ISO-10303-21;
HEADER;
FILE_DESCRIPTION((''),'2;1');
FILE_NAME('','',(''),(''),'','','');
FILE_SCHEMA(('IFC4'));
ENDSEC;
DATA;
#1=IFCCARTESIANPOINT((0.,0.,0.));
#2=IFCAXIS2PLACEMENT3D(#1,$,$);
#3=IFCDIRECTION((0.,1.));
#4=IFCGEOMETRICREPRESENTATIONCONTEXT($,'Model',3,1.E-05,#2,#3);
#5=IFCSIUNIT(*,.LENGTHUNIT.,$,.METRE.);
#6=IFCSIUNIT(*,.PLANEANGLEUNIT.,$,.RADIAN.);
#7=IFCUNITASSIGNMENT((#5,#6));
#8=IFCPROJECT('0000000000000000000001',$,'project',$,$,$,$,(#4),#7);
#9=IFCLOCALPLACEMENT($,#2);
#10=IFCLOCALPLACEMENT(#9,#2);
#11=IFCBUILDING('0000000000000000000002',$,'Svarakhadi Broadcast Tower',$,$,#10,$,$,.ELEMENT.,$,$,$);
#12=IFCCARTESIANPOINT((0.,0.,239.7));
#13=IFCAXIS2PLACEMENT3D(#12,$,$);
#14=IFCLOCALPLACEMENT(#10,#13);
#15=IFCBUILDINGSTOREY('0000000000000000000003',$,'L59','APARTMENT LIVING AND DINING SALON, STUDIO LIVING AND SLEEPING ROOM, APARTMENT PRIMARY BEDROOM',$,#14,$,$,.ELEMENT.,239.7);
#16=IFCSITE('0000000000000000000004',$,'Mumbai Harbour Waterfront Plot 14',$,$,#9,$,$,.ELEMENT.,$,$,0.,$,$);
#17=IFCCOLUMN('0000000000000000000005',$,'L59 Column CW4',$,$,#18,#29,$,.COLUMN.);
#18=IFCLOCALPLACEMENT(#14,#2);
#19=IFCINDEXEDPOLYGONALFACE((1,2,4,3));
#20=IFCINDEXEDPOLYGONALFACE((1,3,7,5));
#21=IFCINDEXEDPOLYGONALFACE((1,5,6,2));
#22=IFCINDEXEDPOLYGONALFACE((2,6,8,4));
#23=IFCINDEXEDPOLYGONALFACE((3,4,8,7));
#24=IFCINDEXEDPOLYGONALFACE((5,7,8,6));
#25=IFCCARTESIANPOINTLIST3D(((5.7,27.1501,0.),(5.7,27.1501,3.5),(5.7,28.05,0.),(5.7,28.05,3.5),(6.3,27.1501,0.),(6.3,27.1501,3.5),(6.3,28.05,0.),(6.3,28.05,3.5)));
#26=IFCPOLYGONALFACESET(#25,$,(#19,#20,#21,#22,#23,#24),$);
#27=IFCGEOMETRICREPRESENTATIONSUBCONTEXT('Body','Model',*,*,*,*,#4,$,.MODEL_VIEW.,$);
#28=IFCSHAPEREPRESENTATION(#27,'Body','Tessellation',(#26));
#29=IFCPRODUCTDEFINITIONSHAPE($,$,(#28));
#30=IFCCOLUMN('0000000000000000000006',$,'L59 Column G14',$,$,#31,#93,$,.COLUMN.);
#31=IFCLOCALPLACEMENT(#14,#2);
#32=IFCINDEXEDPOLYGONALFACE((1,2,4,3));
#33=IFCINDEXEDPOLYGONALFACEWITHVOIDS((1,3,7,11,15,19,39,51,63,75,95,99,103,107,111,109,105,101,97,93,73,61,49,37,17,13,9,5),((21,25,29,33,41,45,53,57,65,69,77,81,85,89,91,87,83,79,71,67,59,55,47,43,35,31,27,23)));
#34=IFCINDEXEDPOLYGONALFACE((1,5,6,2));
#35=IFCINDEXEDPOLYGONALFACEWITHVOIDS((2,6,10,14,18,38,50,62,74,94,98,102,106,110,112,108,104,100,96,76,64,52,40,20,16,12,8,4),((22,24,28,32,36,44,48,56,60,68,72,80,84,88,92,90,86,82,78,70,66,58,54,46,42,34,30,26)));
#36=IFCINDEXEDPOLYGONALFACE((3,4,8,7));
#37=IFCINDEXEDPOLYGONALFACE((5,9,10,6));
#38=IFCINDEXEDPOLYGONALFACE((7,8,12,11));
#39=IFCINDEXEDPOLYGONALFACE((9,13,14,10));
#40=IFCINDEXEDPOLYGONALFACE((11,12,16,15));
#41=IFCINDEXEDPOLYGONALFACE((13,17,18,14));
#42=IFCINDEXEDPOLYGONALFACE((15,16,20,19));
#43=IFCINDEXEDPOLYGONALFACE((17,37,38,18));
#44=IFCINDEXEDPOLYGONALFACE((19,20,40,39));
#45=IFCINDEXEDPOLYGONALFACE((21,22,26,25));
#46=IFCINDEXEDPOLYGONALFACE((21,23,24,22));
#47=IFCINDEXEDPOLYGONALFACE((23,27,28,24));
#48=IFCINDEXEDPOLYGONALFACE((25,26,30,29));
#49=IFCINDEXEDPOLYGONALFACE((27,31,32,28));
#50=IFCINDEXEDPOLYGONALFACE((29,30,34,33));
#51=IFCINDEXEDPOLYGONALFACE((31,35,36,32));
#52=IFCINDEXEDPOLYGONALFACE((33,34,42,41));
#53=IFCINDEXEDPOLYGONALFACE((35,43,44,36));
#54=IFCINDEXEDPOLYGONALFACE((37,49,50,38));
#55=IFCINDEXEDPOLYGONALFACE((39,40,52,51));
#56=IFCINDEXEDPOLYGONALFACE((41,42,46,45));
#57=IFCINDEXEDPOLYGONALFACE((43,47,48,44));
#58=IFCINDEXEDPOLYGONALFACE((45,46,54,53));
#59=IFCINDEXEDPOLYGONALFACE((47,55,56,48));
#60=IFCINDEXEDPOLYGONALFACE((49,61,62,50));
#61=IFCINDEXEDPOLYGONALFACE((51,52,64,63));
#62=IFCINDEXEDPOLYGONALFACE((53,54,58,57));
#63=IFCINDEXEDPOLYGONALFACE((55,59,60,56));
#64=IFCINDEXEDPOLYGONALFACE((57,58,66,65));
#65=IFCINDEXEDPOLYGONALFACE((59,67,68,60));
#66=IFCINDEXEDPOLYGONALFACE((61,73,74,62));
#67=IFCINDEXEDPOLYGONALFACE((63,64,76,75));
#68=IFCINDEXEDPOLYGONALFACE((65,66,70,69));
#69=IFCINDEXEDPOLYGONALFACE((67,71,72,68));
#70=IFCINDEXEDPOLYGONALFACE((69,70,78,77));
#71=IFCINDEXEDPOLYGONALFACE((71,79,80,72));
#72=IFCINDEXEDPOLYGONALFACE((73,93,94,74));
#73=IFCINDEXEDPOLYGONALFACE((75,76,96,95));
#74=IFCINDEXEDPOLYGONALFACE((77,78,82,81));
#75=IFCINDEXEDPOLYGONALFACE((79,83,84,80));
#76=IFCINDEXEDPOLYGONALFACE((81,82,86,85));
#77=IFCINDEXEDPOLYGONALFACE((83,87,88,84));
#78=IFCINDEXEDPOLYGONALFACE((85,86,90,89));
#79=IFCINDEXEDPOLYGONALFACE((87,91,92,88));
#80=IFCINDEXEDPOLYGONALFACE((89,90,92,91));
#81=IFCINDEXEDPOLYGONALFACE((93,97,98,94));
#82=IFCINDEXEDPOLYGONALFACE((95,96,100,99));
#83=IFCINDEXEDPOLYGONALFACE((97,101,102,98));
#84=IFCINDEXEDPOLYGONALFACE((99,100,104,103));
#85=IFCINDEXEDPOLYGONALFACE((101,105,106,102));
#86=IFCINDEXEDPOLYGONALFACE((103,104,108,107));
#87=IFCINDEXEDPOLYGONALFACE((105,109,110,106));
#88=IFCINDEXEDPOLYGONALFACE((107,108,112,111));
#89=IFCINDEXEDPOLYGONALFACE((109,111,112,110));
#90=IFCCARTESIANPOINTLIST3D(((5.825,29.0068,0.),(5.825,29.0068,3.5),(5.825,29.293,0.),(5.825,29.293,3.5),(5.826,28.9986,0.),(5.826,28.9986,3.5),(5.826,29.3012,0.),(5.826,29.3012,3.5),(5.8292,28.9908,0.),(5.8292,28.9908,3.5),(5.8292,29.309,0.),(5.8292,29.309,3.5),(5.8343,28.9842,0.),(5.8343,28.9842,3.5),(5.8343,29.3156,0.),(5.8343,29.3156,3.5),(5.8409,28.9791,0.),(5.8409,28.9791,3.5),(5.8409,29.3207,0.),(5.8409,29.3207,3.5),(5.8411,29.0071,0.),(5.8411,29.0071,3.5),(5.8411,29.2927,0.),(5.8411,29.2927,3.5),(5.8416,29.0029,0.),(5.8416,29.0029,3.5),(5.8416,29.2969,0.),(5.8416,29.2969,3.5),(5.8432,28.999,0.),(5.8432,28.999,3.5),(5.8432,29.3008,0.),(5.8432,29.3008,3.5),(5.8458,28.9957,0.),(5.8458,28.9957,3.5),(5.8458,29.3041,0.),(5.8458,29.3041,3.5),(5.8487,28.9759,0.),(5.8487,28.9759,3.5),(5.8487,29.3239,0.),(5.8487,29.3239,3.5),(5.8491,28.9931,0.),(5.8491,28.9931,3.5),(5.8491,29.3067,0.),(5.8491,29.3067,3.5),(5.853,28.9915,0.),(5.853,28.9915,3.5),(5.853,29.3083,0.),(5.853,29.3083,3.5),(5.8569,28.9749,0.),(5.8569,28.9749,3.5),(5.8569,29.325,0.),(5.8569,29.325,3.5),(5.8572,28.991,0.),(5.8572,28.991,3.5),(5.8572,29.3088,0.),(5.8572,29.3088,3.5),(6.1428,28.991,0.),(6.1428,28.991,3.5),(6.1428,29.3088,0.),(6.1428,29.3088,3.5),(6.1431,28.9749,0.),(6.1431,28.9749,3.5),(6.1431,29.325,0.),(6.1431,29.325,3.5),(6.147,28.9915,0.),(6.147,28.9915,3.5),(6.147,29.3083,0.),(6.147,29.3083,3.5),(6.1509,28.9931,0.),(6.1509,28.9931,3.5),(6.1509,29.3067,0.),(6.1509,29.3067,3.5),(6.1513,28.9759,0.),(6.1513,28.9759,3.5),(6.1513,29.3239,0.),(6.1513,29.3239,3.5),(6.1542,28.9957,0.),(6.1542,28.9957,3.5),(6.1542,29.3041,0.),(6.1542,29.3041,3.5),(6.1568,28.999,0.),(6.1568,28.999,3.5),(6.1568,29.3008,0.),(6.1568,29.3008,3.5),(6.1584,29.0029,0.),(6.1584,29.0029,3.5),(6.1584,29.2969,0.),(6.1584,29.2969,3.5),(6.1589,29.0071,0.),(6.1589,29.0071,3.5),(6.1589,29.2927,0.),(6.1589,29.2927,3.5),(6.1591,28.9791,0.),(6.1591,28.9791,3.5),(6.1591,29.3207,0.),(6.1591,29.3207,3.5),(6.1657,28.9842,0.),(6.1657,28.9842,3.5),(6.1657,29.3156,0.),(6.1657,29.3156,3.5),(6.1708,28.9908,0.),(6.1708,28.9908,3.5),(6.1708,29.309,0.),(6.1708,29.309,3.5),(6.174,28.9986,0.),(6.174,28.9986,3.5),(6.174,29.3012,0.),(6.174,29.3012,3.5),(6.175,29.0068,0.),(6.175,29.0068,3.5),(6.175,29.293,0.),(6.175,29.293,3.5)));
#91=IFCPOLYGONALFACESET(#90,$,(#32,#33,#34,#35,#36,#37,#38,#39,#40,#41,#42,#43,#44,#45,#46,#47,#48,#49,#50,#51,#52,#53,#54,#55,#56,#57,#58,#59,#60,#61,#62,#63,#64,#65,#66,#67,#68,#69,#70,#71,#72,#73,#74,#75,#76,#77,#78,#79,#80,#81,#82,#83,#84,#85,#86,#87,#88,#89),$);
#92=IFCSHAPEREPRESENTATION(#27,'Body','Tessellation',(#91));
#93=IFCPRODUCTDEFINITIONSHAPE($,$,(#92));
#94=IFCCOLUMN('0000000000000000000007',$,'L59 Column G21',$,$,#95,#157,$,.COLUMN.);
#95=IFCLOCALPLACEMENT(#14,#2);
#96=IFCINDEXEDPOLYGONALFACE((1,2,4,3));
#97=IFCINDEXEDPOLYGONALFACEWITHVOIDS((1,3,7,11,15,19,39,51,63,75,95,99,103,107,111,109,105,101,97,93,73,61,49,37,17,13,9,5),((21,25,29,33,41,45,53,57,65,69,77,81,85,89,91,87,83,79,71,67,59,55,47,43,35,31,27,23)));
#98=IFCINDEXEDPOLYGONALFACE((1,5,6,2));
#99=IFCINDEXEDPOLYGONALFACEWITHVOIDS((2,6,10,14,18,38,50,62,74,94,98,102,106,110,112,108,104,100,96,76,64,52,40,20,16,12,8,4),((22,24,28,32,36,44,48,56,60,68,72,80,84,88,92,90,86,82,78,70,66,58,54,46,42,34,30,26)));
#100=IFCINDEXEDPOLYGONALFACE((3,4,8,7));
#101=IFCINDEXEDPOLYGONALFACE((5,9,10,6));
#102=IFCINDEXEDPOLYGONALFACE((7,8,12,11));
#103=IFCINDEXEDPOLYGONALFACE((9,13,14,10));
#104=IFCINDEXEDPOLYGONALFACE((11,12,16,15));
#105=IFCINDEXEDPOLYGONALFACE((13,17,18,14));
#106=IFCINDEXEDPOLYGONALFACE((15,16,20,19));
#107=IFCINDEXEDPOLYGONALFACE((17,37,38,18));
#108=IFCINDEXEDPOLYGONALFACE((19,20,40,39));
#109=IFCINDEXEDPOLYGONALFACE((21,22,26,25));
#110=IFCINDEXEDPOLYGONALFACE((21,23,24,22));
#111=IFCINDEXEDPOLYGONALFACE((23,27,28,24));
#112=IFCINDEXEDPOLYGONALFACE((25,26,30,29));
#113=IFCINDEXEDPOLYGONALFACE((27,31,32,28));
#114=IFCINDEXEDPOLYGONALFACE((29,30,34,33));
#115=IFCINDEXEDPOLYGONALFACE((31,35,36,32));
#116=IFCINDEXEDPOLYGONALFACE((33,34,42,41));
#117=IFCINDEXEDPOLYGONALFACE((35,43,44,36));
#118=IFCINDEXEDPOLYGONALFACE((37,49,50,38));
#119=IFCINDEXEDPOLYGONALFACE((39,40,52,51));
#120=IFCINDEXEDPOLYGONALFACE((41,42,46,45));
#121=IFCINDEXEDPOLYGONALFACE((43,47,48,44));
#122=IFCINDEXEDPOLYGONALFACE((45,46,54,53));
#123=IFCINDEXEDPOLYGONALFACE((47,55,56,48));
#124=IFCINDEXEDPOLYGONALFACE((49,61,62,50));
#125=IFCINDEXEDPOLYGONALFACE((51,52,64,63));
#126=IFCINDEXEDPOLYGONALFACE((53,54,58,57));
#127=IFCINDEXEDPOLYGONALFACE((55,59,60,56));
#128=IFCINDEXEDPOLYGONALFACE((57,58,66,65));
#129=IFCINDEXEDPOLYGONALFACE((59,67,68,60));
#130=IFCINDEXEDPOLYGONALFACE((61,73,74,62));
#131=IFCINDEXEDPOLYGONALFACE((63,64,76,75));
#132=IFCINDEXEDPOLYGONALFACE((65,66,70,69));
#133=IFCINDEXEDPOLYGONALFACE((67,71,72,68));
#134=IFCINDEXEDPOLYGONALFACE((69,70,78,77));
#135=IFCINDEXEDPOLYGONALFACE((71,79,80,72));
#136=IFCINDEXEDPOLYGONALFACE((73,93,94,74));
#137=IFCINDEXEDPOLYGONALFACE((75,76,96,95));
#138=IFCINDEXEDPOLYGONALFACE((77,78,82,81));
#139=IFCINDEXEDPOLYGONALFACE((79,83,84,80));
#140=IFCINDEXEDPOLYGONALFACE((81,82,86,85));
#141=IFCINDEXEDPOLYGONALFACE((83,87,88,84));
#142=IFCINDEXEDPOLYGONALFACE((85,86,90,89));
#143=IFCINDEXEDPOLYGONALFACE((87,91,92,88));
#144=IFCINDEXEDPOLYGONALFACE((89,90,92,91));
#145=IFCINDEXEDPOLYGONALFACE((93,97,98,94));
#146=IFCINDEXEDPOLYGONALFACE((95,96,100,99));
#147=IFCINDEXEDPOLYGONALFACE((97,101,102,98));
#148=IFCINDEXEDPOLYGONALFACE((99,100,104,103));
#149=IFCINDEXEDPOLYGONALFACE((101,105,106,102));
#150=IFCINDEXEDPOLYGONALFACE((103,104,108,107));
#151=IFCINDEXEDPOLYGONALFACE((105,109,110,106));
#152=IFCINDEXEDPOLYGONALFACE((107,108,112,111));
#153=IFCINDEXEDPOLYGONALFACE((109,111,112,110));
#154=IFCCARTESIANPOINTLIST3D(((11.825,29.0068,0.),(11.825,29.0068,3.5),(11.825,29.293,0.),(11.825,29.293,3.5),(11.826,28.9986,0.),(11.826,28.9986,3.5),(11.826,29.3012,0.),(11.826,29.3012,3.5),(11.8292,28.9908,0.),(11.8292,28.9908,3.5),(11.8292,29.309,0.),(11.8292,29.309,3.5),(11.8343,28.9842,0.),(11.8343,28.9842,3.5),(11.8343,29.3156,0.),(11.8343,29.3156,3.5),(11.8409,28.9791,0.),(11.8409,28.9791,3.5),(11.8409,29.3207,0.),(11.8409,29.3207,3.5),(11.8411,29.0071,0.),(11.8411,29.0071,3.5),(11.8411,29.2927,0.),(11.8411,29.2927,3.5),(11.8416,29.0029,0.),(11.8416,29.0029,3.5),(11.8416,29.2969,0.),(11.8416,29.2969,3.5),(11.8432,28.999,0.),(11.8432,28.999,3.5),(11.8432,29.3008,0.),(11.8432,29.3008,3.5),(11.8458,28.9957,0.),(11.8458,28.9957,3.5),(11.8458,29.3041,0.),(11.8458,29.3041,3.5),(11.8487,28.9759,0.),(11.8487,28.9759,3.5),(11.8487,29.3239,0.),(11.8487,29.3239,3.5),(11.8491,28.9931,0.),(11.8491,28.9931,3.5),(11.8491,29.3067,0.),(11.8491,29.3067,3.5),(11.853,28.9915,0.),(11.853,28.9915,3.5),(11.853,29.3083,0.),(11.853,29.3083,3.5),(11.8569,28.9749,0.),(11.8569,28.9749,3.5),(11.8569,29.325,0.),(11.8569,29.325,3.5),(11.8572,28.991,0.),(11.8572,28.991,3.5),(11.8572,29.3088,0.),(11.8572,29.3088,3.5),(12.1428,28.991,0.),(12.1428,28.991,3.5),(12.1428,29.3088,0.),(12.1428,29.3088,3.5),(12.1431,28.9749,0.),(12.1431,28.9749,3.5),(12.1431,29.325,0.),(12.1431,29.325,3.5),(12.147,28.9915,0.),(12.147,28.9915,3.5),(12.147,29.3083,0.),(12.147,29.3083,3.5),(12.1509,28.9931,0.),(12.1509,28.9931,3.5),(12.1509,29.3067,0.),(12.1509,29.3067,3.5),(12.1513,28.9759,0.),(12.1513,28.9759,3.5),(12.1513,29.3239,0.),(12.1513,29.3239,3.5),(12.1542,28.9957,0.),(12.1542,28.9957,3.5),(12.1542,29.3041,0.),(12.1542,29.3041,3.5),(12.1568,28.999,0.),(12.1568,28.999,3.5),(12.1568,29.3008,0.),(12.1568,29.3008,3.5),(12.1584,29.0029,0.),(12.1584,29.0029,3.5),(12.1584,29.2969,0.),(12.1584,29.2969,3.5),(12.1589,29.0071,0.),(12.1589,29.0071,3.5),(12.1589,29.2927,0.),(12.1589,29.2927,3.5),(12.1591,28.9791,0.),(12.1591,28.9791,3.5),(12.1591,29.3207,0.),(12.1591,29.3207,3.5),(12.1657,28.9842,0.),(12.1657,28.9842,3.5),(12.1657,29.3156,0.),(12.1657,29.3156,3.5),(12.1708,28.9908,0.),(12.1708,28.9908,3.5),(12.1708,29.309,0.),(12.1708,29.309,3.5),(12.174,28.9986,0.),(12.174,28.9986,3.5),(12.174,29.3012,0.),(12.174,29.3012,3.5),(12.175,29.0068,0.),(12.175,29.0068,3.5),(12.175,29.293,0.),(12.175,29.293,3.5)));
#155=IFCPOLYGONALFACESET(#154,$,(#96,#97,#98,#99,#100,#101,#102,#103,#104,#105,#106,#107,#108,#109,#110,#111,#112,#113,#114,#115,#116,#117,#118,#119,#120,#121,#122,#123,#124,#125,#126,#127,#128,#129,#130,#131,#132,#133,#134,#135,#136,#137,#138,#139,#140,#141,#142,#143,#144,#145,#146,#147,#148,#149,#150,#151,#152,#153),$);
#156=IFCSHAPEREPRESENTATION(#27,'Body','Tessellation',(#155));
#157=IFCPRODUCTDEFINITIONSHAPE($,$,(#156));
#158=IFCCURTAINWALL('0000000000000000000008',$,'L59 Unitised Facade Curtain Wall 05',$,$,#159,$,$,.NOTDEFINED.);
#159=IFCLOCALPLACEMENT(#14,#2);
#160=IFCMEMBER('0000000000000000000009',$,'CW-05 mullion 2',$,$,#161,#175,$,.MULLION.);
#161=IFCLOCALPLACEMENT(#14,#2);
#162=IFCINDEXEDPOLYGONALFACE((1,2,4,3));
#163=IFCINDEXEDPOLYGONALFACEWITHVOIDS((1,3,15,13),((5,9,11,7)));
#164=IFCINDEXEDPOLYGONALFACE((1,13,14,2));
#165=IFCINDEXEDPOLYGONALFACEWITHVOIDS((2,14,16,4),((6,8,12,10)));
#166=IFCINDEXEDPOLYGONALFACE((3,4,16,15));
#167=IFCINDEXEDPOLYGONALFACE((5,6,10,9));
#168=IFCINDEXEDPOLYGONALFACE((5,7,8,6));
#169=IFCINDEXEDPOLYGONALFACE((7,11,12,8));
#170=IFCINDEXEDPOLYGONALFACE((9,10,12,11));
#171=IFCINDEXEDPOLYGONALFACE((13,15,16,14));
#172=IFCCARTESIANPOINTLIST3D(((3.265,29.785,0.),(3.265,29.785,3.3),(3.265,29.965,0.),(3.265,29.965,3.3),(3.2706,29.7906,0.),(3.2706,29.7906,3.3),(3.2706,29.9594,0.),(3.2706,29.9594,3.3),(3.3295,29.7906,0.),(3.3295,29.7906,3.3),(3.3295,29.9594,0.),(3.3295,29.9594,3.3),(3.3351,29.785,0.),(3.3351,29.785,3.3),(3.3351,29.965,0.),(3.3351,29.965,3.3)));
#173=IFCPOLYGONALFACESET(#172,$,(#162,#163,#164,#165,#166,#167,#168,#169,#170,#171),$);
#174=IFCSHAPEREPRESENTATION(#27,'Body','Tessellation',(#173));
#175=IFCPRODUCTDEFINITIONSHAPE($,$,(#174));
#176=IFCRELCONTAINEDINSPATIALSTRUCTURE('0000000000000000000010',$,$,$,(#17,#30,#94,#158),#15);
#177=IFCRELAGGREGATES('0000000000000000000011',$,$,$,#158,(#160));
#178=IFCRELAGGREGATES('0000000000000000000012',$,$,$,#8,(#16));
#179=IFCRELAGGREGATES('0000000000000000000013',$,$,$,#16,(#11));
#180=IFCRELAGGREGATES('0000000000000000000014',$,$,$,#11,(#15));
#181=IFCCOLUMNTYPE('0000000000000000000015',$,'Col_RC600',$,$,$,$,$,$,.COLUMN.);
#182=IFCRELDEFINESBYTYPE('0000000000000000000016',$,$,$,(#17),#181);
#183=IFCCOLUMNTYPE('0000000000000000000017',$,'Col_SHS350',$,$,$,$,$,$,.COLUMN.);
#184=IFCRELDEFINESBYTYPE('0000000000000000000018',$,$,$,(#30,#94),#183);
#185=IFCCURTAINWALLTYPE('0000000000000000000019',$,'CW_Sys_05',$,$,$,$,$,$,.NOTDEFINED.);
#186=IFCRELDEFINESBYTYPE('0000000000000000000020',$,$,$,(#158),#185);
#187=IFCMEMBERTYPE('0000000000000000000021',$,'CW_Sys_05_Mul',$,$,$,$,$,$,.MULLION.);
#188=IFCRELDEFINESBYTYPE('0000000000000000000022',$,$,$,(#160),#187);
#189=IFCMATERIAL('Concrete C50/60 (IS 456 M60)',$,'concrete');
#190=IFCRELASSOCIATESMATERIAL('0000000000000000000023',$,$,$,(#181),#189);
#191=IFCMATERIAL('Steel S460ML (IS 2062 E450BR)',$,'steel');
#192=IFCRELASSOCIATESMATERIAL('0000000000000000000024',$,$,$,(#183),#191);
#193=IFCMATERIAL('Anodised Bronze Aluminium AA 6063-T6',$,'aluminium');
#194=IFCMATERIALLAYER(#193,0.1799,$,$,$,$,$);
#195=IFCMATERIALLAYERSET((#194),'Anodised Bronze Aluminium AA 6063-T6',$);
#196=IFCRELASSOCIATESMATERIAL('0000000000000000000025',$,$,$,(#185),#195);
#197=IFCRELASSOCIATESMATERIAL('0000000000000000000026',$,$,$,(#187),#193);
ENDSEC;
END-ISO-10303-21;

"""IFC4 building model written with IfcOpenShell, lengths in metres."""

from ifc_helpers import new_model, si_unit, direction, frame, origin, origin_2d, place, context, subcontext, project, spatial, rectangle, hollow_rectangle, extrude, material, layer, layer_set, material_profile, profile_set, type_object, element, aggregate, save


model = new_model("IFC4")

# Units and contexts
model_context = context("Model", 3, precision=1e-05, world=origin(), true_north=direction((0.0, 1.0)))
body_context = subcontext(model_context, "Body", "Model", "MODEL_VIEW")
ifc_project = project(units=[si_unit("LENGTHUNIT", "METRE"), si_unit("PLANEANGLEUNIT", "RADIAN")], contexts=[model_context])

# Site, building, storey
site_placement = place(None, origin())
site = spatial("IfcSite", under=ifc_project, at=site_placement, Name="Mumbai Harbour Waterfront Plot 14", CompositionType="ELEMENT", RefElevation=0.0)
building_placement = place(site_placement, origin())
building = spatial("IfcBuilding", under=site, at=building_placement, Name="Svarakhadi Broadcast Tower", CompositionType="ELEMENT")
storey_placement = place(building_placement, frame((0.0, 0.0, 239.7)))
storey = spatial("IfcBuildingStorey", under=building, at=storey_placement, Name="L59", Description="APARTMENT LIVING AND DINING SALON, STUDIO LIVING AND SLEEPING ROOM, APARTMENT PRIMARY BEDROOM", CompositionType="ELEMENT", Elevation=239.7)

# Columns
ifc_material_1 = material(Name="Concrete C50/60 (IS 456 M60)", Category="concrete")
ifc_material_profile_1 = material_profile(ifc_material_1, rectangle(XDim=0.6001, YDim=0.8999, at=origin_2d()), Name="RC 600x900")
ifc_profile_set_1 = profile_set([ifc_material_profile_1], Name="Concrete C50/60 (IS 456 M60)")
column_type_1 = type_object("IfcColumnType", Name="Col_RC600", PredefinedType="COLUMN", material=ifc_profile_set_1)
column_placement = place(storey_placement, frame((6.0, 27.6001, 0.0), z_axis=(0.0, 0.0, 1.0), x_axis=(1.0, 0.0, 0.0)))
element("IfcColumn", 1, at=column_placement, inside=storey, type_object=column_type_1, Name="L59 Column CW4", PredefinedType="COLUMN", context=body_context, shape_type="SweptSolid", body=[
    extrude(rectangle(XDim=0.6001, YDim=0.8999, at=origin_2d()), origin(), (0.0, 0.0, 1.0), 3.5),
])
ifc_material_2 = material(Name="Steel S460ML (IS 2062 E450BR)", Category="steel")
ifc_material_profile_2 = material_profile(ifc_material_2, hollow_rectangle(XDim=0.3501, YDim=0.3501, WallThickness=0.0161, InnerFilletRadius=0.0161, OuterFilletRadius=0.032, at=origin_2d()), Name="SHS 350x350x16")
ifc_profile_set_2 = profile_set([ifc_material_profile_2], Name="Steel S460ML (IS 2062 E450BR)")
column_type_2 = type_object("IfcColumnType", Name="Col_SHS350", PredefinedType="COLUMN", material=ifc_profile_set_2)
for number, where, z_axis, x_axis, name in (
    (2, (6.0, 29.1499, 0.0), (0.0, 0.0, 1.0), (1.0, 0.0, 0.0), "L59 Column G14"),
    (3, (12.0, 29.1499, 0.0), (0.0, 0.0, 1.0), (1.0, 0.0, 0.0), "L59 Column G21"),
):
    element("IfcColumn", number, at=place(storey_placement, frame(where, z_axis=z_axis, x_axis=x_axis)), inside=storey, type_object=column_type_2, Name=name, PredefinedType="COLUMN", context=body_context, shape_type="SweptSolid", body=[
        extrude(hollow_rectangle(XDim=0.3501, YDim=0.3501, WallThickness=0.0161, InnerFilletRadius=0.0161, OuterFilletRadius=0.032, at=origin_2d()), origin(), (0.0, 0.0, 1.0), 3.5),
    ])

# Curtain wall, member
ifc_material_3 = material(Name="Anodised Bronze Aluminium AA 6063-T6", Category="aluminium")
ifc_layer_1 = layer(ifc_material_3, 0.1799)
ifc_layer_set_1 = layer_set([ifc_layer_1], Name="Anodised Bronze Aluminium AA 6063-T6")
curtain_wall_type = type_object("IfcCurtainWallType", Name="CW_Sys_05", PredefinedType="NOTDEFINED", material=ifc_layer_set_1)
curtain_wall_placement = place(storey_placement, origin())
curtain_wall = element("IfcCurtainWall", 4, at=curtain_wall_placement, inside=storey, type_object=curtain_wall_type, Name="L59 Unitised Facade Curtain Wall 05", PredefinedType="NOTDEFINED")
ifc_material_profile_3 = material_profile(ifc_material_3, hollow_rectangle(XDim=0.0701, YDim=0.1799, WallThickness=0.0056, at=origin_2d()), Name="ALU MULLION 180x70x6")
ifc_profile_set_3 = profile_set([ifc_material_profile_3], Name="Anodised Bronze Aluminium AA 6063-T6")
member_type = type_object("IfcMemberType", Name="CW_Sys_05_Mul", PredefinedType="MULLION", material=ifc_profile_set_3)
member_placement = place(storey_placement, frame((3.3, 29.875, 0.0), z_axis=(0.0, 0.0, 1.0), x_axis=(-1.0, 0.0, 0.0)))
member = element("IfcMember", 5, at=member_placement, type_object=member_type, Name="CW-05 mullion 2", PredefinedType="MULLION", context=body_context, shape_type="SweptSolid", body=[
    extrude(hollow_rectangle(XDim=0.0701, YDim=0.1799, WallThickness=0.0056, at=origin_2d()), origin(), (0.0, 0.0, 1.0), 3.3),
])

aggregate(curtain_wall, [member])

save(model, "model.ifc")
